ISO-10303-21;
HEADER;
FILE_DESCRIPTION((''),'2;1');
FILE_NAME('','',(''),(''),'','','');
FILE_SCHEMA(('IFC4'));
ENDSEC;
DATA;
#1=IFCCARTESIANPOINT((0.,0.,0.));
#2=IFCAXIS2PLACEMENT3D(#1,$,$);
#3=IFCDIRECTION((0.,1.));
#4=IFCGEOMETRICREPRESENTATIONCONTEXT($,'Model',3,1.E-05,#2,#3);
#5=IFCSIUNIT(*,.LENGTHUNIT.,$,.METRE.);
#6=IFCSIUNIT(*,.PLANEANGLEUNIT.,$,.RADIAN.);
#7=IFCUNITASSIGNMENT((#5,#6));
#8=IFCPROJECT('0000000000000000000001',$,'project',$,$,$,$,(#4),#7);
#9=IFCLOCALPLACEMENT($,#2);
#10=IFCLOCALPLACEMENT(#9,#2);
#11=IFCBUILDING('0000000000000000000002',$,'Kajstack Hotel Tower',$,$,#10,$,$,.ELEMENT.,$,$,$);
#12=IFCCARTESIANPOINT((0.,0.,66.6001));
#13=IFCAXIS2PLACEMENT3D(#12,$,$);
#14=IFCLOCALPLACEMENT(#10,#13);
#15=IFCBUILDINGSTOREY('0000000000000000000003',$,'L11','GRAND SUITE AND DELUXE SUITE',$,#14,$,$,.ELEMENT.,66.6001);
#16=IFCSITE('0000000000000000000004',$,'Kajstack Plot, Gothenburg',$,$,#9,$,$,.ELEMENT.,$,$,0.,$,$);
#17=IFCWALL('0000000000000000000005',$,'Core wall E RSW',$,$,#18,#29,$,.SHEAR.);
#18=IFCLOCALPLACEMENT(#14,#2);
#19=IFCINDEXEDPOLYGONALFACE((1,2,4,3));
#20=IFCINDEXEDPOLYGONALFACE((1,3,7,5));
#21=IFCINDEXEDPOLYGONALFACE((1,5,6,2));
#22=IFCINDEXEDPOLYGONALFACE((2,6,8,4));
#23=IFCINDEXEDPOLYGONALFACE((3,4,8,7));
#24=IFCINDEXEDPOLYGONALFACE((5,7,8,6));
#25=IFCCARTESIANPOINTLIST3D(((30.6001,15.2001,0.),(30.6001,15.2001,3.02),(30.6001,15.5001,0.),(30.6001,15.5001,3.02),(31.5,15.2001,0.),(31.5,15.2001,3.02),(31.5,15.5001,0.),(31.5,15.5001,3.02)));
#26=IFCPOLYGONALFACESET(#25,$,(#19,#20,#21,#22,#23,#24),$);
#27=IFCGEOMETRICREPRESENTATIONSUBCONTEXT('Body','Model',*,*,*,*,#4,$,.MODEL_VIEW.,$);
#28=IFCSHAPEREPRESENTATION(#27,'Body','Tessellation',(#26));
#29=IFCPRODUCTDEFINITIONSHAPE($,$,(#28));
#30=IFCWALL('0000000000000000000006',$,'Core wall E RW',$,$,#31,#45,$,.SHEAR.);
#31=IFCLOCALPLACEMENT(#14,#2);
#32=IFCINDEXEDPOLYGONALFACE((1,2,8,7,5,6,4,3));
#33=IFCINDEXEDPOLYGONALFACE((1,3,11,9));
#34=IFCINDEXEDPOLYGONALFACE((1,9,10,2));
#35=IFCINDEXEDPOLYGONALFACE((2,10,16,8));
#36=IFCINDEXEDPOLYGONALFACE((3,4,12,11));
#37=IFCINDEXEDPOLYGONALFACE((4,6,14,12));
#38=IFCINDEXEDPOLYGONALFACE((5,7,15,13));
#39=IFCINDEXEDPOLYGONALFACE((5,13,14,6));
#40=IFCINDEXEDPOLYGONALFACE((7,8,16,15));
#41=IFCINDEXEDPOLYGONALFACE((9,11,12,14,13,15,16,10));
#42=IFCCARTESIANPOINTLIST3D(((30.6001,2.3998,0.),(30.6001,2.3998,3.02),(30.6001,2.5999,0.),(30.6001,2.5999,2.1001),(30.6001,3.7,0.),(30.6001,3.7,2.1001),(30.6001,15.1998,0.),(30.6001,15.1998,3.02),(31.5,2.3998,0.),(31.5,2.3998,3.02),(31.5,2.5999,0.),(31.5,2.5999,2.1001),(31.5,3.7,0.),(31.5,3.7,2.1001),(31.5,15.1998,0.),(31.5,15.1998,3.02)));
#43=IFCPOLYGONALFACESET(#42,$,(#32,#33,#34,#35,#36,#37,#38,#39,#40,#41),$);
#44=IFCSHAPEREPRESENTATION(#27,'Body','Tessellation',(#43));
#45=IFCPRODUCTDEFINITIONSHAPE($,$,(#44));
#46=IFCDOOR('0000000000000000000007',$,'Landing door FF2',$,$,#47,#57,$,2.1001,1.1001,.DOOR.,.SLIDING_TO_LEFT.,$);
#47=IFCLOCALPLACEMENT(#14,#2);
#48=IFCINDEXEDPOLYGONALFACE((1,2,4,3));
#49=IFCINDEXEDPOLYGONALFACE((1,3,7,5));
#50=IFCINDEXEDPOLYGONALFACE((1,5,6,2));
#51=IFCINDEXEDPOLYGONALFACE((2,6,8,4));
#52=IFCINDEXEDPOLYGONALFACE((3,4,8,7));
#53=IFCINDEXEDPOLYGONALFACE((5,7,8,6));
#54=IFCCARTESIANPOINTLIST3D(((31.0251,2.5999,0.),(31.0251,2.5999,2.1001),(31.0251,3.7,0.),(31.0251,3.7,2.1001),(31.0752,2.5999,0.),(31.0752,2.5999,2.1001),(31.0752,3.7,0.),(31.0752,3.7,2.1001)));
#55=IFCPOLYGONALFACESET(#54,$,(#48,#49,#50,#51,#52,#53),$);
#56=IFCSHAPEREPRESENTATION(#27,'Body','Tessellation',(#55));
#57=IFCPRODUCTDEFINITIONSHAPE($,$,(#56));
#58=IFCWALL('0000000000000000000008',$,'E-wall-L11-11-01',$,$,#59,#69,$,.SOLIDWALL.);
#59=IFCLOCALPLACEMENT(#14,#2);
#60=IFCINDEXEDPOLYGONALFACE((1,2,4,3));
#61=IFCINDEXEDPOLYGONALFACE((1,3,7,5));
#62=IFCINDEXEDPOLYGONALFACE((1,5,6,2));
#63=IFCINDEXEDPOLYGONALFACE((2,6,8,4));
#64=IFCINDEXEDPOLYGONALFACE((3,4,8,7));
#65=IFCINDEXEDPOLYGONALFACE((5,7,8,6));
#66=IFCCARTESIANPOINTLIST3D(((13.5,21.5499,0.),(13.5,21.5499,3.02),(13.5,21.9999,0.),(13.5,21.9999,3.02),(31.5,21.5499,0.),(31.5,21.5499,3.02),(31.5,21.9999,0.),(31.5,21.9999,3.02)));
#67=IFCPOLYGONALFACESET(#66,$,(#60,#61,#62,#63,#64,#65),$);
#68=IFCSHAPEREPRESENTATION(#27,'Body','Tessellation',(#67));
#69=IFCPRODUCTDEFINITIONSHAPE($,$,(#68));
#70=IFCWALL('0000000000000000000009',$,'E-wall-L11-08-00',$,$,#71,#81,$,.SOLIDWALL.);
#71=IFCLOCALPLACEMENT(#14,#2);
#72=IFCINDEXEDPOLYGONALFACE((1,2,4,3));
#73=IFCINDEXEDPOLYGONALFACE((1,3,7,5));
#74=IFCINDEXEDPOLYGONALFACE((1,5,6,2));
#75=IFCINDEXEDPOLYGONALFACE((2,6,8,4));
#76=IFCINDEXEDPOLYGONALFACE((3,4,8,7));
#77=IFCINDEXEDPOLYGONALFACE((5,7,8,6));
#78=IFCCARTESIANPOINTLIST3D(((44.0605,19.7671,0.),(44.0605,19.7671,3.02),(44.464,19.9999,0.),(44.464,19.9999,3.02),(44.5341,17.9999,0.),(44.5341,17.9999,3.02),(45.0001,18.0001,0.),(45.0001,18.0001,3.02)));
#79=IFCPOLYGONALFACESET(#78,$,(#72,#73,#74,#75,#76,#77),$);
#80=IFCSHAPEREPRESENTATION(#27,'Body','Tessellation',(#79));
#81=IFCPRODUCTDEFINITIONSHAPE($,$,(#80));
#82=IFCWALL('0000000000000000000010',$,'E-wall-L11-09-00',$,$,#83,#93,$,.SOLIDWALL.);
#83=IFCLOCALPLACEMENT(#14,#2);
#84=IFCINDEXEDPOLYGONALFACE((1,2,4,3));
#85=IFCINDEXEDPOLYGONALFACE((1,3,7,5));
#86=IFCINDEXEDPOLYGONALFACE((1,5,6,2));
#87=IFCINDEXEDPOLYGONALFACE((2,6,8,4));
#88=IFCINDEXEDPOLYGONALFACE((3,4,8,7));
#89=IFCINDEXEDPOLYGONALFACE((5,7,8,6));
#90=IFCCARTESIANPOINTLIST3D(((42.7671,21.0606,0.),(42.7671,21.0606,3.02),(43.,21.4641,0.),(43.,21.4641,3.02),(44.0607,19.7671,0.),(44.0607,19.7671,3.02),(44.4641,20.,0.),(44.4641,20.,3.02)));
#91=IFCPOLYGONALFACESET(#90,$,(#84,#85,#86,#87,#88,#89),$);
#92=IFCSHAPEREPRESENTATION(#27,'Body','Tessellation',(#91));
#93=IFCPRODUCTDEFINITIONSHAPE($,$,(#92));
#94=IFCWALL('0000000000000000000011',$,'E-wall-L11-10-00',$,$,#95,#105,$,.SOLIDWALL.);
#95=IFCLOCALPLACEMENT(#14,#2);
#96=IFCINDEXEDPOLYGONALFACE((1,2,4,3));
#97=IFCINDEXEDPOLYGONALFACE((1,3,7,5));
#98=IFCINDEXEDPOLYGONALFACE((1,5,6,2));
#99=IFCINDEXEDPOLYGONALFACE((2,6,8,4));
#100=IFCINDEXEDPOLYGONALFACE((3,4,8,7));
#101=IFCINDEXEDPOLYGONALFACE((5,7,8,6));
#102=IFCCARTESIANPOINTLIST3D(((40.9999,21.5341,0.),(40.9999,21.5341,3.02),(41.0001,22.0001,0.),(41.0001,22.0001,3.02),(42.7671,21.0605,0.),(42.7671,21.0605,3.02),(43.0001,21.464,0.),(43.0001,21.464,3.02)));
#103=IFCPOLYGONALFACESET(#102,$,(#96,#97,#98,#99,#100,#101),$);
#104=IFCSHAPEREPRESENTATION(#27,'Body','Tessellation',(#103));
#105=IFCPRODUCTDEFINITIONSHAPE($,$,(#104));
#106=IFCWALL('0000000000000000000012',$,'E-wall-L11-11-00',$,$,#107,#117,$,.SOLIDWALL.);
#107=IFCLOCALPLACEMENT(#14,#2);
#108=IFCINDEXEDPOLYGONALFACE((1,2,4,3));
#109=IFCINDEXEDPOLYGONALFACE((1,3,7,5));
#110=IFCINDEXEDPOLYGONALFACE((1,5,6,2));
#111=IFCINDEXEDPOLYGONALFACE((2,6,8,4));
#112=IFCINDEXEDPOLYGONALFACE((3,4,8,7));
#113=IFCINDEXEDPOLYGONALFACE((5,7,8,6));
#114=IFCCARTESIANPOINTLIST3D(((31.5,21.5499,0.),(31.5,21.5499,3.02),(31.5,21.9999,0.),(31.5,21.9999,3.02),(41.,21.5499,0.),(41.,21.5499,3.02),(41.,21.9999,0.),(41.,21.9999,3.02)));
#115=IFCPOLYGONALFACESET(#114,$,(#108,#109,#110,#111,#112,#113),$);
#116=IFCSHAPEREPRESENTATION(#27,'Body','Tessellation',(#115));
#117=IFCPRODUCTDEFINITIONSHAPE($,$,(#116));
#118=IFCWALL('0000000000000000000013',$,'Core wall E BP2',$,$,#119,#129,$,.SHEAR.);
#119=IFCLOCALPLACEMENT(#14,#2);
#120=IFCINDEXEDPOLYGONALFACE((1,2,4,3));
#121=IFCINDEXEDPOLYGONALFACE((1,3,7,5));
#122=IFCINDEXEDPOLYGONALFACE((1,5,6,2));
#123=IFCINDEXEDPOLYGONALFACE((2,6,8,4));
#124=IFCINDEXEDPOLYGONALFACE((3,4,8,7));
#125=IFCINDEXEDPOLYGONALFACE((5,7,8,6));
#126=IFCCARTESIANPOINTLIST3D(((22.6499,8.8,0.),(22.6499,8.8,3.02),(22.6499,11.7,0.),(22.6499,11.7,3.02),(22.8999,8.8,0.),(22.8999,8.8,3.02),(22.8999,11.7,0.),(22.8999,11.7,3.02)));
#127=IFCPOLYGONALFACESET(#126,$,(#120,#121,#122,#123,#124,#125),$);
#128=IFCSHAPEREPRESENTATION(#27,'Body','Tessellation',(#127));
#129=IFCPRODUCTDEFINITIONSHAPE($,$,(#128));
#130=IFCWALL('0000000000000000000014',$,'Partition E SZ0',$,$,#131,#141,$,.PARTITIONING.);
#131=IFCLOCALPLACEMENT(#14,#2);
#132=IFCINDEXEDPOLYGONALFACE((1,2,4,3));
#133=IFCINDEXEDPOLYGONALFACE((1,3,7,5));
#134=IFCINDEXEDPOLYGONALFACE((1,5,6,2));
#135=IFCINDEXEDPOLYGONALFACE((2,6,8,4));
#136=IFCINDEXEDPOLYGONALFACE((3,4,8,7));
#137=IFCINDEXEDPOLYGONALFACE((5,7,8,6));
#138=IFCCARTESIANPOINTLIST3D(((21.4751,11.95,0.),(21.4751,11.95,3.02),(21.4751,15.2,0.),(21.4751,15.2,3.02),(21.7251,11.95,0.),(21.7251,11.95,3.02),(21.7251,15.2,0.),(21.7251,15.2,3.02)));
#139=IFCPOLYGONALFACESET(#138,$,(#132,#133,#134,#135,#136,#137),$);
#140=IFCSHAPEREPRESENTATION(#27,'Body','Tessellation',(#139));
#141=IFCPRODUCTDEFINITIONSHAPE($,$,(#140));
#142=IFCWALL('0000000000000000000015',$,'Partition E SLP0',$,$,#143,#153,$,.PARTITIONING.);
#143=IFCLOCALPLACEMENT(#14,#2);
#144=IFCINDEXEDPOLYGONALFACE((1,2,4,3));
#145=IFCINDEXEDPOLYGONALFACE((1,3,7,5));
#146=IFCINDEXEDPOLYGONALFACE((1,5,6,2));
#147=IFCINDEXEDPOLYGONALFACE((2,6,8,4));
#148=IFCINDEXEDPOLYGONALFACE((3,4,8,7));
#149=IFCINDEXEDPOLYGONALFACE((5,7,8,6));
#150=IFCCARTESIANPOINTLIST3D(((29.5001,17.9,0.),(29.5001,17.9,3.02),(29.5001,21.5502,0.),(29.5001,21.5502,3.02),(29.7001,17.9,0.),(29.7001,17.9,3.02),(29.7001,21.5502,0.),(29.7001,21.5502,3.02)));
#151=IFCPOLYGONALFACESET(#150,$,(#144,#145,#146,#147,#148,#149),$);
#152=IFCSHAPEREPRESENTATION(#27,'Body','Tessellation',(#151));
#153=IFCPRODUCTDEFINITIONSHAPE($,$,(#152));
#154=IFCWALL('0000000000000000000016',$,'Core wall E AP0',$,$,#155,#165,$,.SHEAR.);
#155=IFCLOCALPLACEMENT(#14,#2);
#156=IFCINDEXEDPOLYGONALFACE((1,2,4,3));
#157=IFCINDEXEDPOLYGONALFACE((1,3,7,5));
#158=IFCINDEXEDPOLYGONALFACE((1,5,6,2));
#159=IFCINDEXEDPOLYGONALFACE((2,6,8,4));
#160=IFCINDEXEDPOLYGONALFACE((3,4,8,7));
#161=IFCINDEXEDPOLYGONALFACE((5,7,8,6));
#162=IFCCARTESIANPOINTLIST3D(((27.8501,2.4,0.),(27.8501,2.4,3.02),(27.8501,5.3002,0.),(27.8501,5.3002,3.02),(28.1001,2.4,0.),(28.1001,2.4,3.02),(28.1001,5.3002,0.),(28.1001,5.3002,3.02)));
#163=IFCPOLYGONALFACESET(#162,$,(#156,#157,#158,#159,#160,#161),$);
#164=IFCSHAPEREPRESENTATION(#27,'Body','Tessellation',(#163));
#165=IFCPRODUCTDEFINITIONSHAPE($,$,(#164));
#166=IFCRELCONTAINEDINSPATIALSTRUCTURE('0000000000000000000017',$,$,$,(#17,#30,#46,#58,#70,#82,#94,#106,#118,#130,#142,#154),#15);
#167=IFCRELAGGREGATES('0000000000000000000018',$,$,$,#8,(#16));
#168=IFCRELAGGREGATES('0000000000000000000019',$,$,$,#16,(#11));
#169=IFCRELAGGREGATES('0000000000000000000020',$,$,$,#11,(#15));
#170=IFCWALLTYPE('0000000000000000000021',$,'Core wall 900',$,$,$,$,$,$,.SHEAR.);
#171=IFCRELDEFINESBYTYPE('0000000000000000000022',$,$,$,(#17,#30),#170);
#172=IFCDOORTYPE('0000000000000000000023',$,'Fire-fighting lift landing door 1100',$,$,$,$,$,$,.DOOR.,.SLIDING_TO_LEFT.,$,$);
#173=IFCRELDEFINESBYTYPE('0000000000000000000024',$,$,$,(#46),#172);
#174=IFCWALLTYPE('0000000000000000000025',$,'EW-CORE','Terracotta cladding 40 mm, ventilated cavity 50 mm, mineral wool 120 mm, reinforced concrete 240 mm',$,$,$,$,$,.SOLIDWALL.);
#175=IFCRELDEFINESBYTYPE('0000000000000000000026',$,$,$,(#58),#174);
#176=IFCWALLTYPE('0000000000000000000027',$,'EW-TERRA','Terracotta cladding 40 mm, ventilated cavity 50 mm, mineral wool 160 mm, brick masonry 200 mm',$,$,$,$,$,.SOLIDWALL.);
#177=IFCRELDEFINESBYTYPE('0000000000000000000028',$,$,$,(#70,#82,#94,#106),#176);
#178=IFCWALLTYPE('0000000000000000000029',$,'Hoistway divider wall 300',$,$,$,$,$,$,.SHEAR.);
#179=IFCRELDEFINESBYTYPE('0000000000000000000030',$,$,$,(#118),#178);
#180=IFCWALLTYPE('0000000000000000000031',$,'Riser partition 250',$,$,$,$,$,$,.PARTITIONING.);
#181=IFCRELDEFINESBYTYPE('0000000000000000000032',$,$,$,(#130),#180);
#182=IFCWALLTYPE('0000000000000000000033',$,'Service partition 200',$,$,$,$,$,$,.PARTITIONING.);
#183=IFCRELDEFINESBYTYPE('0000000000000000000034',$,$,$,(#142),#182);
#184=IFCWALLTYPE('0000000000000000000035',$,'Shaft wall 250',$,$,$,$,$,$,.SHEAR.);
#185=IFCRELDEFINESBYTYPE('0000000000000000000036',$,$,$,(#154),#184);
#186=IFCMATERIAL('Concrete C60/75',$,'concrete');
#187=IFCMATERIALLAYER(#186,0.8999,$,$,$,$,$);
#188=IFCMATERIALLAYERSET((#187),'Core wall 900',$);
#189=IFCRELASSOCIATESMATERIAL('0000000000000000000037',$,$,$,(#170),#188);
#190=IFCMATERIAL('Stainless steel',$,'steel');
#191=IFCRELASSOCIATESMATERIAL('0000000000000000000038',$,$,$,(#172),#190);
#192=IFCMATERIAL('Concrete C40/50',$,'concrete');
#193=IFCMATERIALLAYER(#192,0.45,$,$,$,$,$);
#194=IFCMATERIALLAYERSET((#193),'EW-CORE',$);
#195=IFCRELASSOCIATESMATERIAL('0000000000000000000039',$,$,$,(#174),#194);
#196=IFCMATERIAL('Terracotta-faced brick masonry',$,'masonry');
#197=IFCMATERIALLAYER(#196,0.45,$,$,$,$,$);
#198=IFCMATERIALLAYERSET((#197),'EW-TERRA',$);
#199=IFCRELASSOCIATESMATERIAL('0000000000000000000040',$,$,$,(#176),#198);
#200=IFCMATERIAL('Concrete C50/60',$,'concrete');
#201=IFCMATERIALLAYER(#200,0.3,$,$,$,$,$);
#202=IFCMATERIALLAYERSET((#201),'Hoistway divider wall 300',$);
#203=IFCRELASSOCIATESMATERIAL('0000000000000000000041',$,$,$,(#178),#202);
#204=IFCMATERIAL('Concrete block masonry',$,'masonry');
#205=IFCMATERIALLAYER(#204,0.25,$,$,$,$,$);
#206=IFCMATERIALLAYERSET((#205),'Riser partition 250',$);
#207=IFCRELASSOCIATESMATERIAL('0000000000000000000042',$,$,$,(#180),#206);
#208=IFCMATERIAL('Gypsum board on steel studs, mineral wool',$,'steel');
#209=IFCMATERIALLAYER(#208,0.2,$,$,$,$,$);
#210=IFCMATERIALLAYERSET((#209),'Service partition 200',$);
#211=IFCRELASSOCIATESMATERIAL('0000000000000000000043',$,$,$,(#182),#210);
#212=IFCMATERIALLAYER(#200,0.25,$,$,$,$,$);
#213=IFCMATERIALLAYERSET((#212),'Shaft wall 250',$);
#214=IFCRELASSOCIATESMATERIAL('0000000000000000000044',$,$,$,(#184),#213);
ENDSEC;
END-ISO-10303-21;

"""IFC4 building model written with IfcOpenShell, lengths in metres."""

from ifc_helpers import new_model, si_unit, direction, frame, frame_2d, origin, place, context, subcontext, project, spatial, polyline, rectangle, outline, extrude, material, layer, layer_set, type_object, element, fill, save


model = new_model("IFC4")

# Units and contexts
model_context = context("Model", 3, precision=1e-05, world=origin(), true_north=direction((0.0, 1.0)))
body_context = subcontext(model_context, "Body", "Model", "MODEL_VIEW")
ifc_project = project(units=[si_unit("LENGTHUNIT", "METRE"), si_unit("PLANEANGLEUNIT", "RADIAN")], contexts=[model_context])

# Site, building, storey
site_placement = place(None, origin())
site = spatial("IfcSite", under=ifc_project, at=site_placement, Name="Kajstack Plot, Gothenburg", CompositionType="ELEMENT", RefElevation=0.0)
building_placement = place(site_placement, origin())
building = spatial("IfcBuilding", under=site, at=building_placement, Name="Kajstack Hotel Tower", CompositionType="ELEMENT")
storey_placement = place(building_placement, frame((0.0, 0.0, 66.6001)))
storey = spatial("IfcBuildingStorey", under=building, at=storey_placement, Name="L11", Description="GRAND SUITE AND DELUXE SUITE", CompositionType="ELEMENT", Elevation=66.6001)

# Wall
ifc_material_1 = material(Name="Concrete C60/75", Category="concrete")
ifc_layer_1 = layer(ifc_material_1, 0.8999)
ifc_layer_set_1 = layer_set([ifc_layer_1], Name="Core wall 900")
wall_type_1 = type_object("IfcWallType", Name="Core wall 900", PredefinedType="SHEAR", material=ifc_layer_set_1)
wall_1_placement = place(storey_placement, frame((30.6001, 15.3501, 0.0), z_axis=(0.0, 0.0, 1.0), x_axis=(1.0, 0.0, 0.0)))
element("IfcWall", 1, at=wall_1_placement, inside=storey, type_object=wall_type_1, Name="Core wall E RSW", PredefinedType="SHEAR", context=body_context, shape_type="SweptSolid", body=[
    extrude(rectangle(XDim=0.8999, YDim=0.3, at=frame_2d((0.45, 0.0))), origin(), (0.0, 0.0, 1.0), 3.02),
])

# Wall, opening, door
wall_2_placement = place(storey_placement, frame((31.05, 2.3999, 0.0), z_axis=(0.0, 0.0, 1.0), x_axis=(0.0, 1.0, 0.0)))
wall_2 = element("IfcWall", 2, at=wall_2_placement, inside=storey, type_object=wall_type_1, Name="Core wall E RW", PredefinedType="SHEAR", context=body_context, shape_type="SweptSolid", body=[
    extrude(rectangle(XDim=12.8, YDim=0.8999, at=frame_2d((6.3999, 0.0))), origin(), (0.0, 0.0, 1.0), 3.02),
])
opening_1_placement = place(wall_2_placement, frame((0.2, 0.0, 0.0)))
opening_1 = element("IfcOpeningElement", 3, at=opening_1_placement, cuts=wall_2, PredefinedType="OPENING", context=body_context, shape_type="SweptSolid", body=[
    extrude(rectangle(XDim=1.1001, YDim=2.1001, at=frame_2d((0.55, 1.05))), frame((0.0, 0.46, 0.0), z_axis=(0.0, -1.0, 0.0), x_axis=(1.0, 0.0, 0.0)), (0.0, 0.0, 1.0), 0.9199),
])
ifc_material_2 = material(Name="Stainless steel", Category="steel")
door_type_1 = type_object("IfcDoorType", Name="Fire-fighting lift landing door 1100", OperationType="SLIDING_TO_LEFT", PredefinedType="DOOR", material=ifc_material_2)
door_1_placement = place(opening_1_placement, origin())
door_1 = element("IfcDoor", 4, at=door_1_placement, inside=storey, type_object=door_type_1, Name="Landing door FF2", OperationType="SLIDING_TO_LEFT", OverallHeight=2.1001, OverallWidth=1.1001, PredefinedType="DOOR", context=body_context, shape_type="SweptSolid", body=[
    extrude(rectangle(XDim=1.1001, YDim=2.1001, at=frame_2d((0.55, 1.05))), frame((0.0, 0.0249, 0.0), z_axis=(0.0, -1.0, 0.0), x_axis=(1.0, 0.0, 0.0)), (0.0, 0.0, 1.0), 0.05),
])
fill(opening_1, door_1)

# Walls
ifc_material_3 = material(Name="Concrete C40/50", Category="concrete")
ifc_layer_2 = layer(ifc_material_3, 0.45)
ifc_layer_set_2 = layer_set([ifc_layer_2], Name="EW-CORE")
wall_type_2 = type_object("IfcWallType", Name="EW-CORE", Description="Terracotta cladding 40 mm, ventilated cavity 50 mm, mineral wool 120 mm, reinforced concrete 240 mm", PredefinedType="SOLIDWALL", material=ifc_layer_set_2)
wall_3_placement = place(storey_placement, frame((31.5, 21.7749, 0.0), z_axis=(0.0, 0.0, 1.0), x_axis=(-1.0, 0.0, 0.0)))
element("IfcWall", 5, at=wall_3_placement, inside=storey, type_object=wall_type_2, Name="E-wall-L11-11-01", PredefinedType="SOLIDWALL", context=body_context, shape_type="SweptSolid", body=[
    extrude(rectangle(XDim=18.0, YDim=0.45, at=frame_2d((9.0, 0.0))), origin(), (0.0, 0.0, 1.0), 3.02),
])
ifc_material_4 = material(Name="Terracotta-faced brick masonry", Category="masonry")
ifc_layer_3 = layer(ifc_material_4, 0.45)
ifc_layer_set_3 = layer_set([ifc_layer_3], Name="EW-TERRA")
wall_type_3 = type_object("IfcWallType", Name="EW-TERRA", Description="Terracotta cladding 40 mm, ventilated cavity 50 mm, mineral wool 160 mm, brick masonry 200 mm", PredefinedType="SOLIDWALL", material=ifc_layer_set_3)
wall_4_placement = place(storey_placement, frame((44.7827, 17.9417, 0.0), z_axis=(0.0, 0.0, 1.0), x_axis=(-0.258815, 0.965927, 0.0)))
element("IfcWall", 6, at=wall_4_placement, inside=storey, type_object=wall_type_3, Name="E-wall-L11-08-00", PredefinedType="SOLIDWALL", context=body_context, shape_type="SweptSolid", body=[
    extrude(outline(polyline([(0.0002, -0.2251), (2.0706, -0.2249), (1.9502, 0.2251), (0.1206, 0.2251), (0.0002, -0.2251)])), origin(), (0.0, 0.0, 1.0), 3.02),
])
wall_5_placement = place(storey_placement, frame((44.3049, 19.8408, 0.0), z_axis=(0.0, 0.0, 1.0), x_axis=(-0.707107, 0.707107, 0.0)))
element("IfcWall", 7, at=wall_5_placement, inside=storey, type_object=wall_type_3, Name="E-wall-L11-09-00", PredefinedType="SOLIDWALL", context=body_context, shape_type="SweptSolid", body=[
    extrude(outline(polyline([(0.0, -0.2251), (2.0706, -0.2251), (1.95, 0.2249), (0.1206, 0.2249), (0.0, -0.2251)])), origin(), (0.0, 0.0, 1.0), 3.02),
])
wall_6_placement = place(storey_placement, frame((42.9417, 21.2468, 0.0), z_axis=(0.0, 0.0, 1.0), x_axis=(-0.965927, 0.258815, 0.0)))
element("IfcWall", 8, at=wall_6_placement, inside=storey, type_object=wall_type_3, Name="E-wall-L11-10-00", PredefinedType="SOLIDWALL", context=body_context, shape_type="SweptSolid", body=[
    extrude(outline(polyline([(-0.0002, -0.2249), (2.0703, -0.2251), (1.95, 0.2251), (0.1204, 0.2251), (-0.0002, -0.2249)])), origin(), (0.0, 0.0, 1.0), 3.02),
])
wall_7_placement = place(storey_placement, frame((41.0, 21.7749, 0.0), z_axis=(0.0, 0.0, 1.0), x_axis=(-1.0, 0.0, 0.0)))
element("IfcWall", 9, at=wall_7_placement, inside=storey, type_object=wall_type_3, Name="E-wall-L11-11-00", PredefinedType="SOLIDWALL", context=body_context, shape_type="SweptSolid", body=[
    extrude(rectangle(XDim=9.5, YDim=0.45, at=frame_2d((4.75, 0.0))), origin(), (0.0, 0.0, 1.0), 3.02),
])
ifc_material_5 = material(Name="Concrete C50/60", Category="concrete")
ifc_layer_4 = layer(ifc_material_5, 0.3)
ifc_layer_set_4 = layer_set([ifc_layer_4], Name="Hoistway divider wall 300")
wall_type_4 = type_object("IfcWallType", Name="Hoistway divider wall 300", PredefinedType="SHEAR", material=ifc_layer_set_4)
wall_8_placement = place(storey_placement, frame((22.7749, 8.8, 0.0), z_axis=(0.0, 0.0, 1.0), x_axis=(0.0, 1.0, 0.0)))
element("IfcWall", 10, at=wall_8_placement, inside=storey, type_object=wall_type_4, Name="Core wall E BP2", PredefinedType="SHEAR", context=body_context, shape_type="SweptSolid", body=[
    extrude(rectangle(XDim=2.8999, YDim=0.25, at=frame_2d((1.45, 0.0))), origin(), (0.0, 0.0, 1.0), 3.02),
])
ifc_material_6 = material(Name="Concrete block masonry", Category="masonry")
ifc_layer_5 = layer(ifc_material_6, 0.25)
ifc_layer_set_5 = layer_set([ifc_layer_5], Name="Riser partition 250")
wall_type_5 = type_object("IfcWallType", Name="Riser partition 250", PredefinedType="PARTITIONING", material=ifc_layer_set_5)
wall_9_placement = place(storey_placement, frame((21.6001, 11.95, 0.0), z_axis=(0.0, 0.0, 1.0), x_axis=(0.0, 1.0, 0.0)))
element("IfcWall", 11, at=wall_9_placement, inside=storey, type_object=wall_type_5, Name="Partition E SZ0", PredefinedType="PARTITIONING", context=body_context, shape_type="SweptSolid", body=[
    extrude(rectangle(XDim=3.25, YDim=0.25, at=frame_2d((1.625, 0.0))), origin(), (0.0, 0.0, 1.0), 3.02),
])
ifc_material_7 = material(Name="Gypsum board on steel studs, mineral wool", Category="steel")
ifc_layer_6 = layer(ifc_material_7, 0.2)
ifc_layer_set_6 = layer_set([ifc_layer_6], Name="Service partition 200")
wall_type_6 = type_object("IfcWallType", Name="Service partition 200", PredefinedType="PARTITIONING", material=ifc_layer_set_6)
wall_10_placement = place(storey_placement, frame((29.6001, 17.8999, 0.0), z_axis=(0.0, 0.0, 1.0), x_axis=(0.0, 1.0, 0.0)))
element("IfcWall", 12, at=wall_10_placement, inside=storey, type_object=wall_type_6, Name="Partition E SLP0", PredefinedType="PARTITIONING", context=body_context, shape_type="SweptSolid", body=[
    extrude(rectangle(XDim=3.6501, YDim=0.2, at=frame_2d((1.8252, 0.0))), origin(), (0.0, 0.0, 1.0), 3.02),
])
ifc_layer_7 = layer(ifc_material_5, 0.25)
ifc_layer_set_7 = layer_set([ifc_layer_7], Name="Shaft wall 250")
wall_type_7 = type_object("IfcWallType", Name="Shaft wall 250", PredefinedType="SHEAR", material=ifc_layer_set_7)
wall_11_placement = place(storey_placement, frame((27.9751, 2.3999, 0.0), z_axis=(0.0, 0.0, 1.0), x_axis=(0.0, 1.0, 0.0)))
element("IfcWall", 13, at=wall_11_placement, inside=storey, type_object=wall_type_7, Name="Core wall E AP0", PredefinedType="SHEAR", context=body_context, shape_type="SweptSolid", body=[
    extrude(rectangle(XDim=2.9001, YDim=0.25, at=frame_2d((1.4502, 0.0))), origin(), (0.0, 0.0, 1.0), 3.02),
])

save(model, "model.ifc")
